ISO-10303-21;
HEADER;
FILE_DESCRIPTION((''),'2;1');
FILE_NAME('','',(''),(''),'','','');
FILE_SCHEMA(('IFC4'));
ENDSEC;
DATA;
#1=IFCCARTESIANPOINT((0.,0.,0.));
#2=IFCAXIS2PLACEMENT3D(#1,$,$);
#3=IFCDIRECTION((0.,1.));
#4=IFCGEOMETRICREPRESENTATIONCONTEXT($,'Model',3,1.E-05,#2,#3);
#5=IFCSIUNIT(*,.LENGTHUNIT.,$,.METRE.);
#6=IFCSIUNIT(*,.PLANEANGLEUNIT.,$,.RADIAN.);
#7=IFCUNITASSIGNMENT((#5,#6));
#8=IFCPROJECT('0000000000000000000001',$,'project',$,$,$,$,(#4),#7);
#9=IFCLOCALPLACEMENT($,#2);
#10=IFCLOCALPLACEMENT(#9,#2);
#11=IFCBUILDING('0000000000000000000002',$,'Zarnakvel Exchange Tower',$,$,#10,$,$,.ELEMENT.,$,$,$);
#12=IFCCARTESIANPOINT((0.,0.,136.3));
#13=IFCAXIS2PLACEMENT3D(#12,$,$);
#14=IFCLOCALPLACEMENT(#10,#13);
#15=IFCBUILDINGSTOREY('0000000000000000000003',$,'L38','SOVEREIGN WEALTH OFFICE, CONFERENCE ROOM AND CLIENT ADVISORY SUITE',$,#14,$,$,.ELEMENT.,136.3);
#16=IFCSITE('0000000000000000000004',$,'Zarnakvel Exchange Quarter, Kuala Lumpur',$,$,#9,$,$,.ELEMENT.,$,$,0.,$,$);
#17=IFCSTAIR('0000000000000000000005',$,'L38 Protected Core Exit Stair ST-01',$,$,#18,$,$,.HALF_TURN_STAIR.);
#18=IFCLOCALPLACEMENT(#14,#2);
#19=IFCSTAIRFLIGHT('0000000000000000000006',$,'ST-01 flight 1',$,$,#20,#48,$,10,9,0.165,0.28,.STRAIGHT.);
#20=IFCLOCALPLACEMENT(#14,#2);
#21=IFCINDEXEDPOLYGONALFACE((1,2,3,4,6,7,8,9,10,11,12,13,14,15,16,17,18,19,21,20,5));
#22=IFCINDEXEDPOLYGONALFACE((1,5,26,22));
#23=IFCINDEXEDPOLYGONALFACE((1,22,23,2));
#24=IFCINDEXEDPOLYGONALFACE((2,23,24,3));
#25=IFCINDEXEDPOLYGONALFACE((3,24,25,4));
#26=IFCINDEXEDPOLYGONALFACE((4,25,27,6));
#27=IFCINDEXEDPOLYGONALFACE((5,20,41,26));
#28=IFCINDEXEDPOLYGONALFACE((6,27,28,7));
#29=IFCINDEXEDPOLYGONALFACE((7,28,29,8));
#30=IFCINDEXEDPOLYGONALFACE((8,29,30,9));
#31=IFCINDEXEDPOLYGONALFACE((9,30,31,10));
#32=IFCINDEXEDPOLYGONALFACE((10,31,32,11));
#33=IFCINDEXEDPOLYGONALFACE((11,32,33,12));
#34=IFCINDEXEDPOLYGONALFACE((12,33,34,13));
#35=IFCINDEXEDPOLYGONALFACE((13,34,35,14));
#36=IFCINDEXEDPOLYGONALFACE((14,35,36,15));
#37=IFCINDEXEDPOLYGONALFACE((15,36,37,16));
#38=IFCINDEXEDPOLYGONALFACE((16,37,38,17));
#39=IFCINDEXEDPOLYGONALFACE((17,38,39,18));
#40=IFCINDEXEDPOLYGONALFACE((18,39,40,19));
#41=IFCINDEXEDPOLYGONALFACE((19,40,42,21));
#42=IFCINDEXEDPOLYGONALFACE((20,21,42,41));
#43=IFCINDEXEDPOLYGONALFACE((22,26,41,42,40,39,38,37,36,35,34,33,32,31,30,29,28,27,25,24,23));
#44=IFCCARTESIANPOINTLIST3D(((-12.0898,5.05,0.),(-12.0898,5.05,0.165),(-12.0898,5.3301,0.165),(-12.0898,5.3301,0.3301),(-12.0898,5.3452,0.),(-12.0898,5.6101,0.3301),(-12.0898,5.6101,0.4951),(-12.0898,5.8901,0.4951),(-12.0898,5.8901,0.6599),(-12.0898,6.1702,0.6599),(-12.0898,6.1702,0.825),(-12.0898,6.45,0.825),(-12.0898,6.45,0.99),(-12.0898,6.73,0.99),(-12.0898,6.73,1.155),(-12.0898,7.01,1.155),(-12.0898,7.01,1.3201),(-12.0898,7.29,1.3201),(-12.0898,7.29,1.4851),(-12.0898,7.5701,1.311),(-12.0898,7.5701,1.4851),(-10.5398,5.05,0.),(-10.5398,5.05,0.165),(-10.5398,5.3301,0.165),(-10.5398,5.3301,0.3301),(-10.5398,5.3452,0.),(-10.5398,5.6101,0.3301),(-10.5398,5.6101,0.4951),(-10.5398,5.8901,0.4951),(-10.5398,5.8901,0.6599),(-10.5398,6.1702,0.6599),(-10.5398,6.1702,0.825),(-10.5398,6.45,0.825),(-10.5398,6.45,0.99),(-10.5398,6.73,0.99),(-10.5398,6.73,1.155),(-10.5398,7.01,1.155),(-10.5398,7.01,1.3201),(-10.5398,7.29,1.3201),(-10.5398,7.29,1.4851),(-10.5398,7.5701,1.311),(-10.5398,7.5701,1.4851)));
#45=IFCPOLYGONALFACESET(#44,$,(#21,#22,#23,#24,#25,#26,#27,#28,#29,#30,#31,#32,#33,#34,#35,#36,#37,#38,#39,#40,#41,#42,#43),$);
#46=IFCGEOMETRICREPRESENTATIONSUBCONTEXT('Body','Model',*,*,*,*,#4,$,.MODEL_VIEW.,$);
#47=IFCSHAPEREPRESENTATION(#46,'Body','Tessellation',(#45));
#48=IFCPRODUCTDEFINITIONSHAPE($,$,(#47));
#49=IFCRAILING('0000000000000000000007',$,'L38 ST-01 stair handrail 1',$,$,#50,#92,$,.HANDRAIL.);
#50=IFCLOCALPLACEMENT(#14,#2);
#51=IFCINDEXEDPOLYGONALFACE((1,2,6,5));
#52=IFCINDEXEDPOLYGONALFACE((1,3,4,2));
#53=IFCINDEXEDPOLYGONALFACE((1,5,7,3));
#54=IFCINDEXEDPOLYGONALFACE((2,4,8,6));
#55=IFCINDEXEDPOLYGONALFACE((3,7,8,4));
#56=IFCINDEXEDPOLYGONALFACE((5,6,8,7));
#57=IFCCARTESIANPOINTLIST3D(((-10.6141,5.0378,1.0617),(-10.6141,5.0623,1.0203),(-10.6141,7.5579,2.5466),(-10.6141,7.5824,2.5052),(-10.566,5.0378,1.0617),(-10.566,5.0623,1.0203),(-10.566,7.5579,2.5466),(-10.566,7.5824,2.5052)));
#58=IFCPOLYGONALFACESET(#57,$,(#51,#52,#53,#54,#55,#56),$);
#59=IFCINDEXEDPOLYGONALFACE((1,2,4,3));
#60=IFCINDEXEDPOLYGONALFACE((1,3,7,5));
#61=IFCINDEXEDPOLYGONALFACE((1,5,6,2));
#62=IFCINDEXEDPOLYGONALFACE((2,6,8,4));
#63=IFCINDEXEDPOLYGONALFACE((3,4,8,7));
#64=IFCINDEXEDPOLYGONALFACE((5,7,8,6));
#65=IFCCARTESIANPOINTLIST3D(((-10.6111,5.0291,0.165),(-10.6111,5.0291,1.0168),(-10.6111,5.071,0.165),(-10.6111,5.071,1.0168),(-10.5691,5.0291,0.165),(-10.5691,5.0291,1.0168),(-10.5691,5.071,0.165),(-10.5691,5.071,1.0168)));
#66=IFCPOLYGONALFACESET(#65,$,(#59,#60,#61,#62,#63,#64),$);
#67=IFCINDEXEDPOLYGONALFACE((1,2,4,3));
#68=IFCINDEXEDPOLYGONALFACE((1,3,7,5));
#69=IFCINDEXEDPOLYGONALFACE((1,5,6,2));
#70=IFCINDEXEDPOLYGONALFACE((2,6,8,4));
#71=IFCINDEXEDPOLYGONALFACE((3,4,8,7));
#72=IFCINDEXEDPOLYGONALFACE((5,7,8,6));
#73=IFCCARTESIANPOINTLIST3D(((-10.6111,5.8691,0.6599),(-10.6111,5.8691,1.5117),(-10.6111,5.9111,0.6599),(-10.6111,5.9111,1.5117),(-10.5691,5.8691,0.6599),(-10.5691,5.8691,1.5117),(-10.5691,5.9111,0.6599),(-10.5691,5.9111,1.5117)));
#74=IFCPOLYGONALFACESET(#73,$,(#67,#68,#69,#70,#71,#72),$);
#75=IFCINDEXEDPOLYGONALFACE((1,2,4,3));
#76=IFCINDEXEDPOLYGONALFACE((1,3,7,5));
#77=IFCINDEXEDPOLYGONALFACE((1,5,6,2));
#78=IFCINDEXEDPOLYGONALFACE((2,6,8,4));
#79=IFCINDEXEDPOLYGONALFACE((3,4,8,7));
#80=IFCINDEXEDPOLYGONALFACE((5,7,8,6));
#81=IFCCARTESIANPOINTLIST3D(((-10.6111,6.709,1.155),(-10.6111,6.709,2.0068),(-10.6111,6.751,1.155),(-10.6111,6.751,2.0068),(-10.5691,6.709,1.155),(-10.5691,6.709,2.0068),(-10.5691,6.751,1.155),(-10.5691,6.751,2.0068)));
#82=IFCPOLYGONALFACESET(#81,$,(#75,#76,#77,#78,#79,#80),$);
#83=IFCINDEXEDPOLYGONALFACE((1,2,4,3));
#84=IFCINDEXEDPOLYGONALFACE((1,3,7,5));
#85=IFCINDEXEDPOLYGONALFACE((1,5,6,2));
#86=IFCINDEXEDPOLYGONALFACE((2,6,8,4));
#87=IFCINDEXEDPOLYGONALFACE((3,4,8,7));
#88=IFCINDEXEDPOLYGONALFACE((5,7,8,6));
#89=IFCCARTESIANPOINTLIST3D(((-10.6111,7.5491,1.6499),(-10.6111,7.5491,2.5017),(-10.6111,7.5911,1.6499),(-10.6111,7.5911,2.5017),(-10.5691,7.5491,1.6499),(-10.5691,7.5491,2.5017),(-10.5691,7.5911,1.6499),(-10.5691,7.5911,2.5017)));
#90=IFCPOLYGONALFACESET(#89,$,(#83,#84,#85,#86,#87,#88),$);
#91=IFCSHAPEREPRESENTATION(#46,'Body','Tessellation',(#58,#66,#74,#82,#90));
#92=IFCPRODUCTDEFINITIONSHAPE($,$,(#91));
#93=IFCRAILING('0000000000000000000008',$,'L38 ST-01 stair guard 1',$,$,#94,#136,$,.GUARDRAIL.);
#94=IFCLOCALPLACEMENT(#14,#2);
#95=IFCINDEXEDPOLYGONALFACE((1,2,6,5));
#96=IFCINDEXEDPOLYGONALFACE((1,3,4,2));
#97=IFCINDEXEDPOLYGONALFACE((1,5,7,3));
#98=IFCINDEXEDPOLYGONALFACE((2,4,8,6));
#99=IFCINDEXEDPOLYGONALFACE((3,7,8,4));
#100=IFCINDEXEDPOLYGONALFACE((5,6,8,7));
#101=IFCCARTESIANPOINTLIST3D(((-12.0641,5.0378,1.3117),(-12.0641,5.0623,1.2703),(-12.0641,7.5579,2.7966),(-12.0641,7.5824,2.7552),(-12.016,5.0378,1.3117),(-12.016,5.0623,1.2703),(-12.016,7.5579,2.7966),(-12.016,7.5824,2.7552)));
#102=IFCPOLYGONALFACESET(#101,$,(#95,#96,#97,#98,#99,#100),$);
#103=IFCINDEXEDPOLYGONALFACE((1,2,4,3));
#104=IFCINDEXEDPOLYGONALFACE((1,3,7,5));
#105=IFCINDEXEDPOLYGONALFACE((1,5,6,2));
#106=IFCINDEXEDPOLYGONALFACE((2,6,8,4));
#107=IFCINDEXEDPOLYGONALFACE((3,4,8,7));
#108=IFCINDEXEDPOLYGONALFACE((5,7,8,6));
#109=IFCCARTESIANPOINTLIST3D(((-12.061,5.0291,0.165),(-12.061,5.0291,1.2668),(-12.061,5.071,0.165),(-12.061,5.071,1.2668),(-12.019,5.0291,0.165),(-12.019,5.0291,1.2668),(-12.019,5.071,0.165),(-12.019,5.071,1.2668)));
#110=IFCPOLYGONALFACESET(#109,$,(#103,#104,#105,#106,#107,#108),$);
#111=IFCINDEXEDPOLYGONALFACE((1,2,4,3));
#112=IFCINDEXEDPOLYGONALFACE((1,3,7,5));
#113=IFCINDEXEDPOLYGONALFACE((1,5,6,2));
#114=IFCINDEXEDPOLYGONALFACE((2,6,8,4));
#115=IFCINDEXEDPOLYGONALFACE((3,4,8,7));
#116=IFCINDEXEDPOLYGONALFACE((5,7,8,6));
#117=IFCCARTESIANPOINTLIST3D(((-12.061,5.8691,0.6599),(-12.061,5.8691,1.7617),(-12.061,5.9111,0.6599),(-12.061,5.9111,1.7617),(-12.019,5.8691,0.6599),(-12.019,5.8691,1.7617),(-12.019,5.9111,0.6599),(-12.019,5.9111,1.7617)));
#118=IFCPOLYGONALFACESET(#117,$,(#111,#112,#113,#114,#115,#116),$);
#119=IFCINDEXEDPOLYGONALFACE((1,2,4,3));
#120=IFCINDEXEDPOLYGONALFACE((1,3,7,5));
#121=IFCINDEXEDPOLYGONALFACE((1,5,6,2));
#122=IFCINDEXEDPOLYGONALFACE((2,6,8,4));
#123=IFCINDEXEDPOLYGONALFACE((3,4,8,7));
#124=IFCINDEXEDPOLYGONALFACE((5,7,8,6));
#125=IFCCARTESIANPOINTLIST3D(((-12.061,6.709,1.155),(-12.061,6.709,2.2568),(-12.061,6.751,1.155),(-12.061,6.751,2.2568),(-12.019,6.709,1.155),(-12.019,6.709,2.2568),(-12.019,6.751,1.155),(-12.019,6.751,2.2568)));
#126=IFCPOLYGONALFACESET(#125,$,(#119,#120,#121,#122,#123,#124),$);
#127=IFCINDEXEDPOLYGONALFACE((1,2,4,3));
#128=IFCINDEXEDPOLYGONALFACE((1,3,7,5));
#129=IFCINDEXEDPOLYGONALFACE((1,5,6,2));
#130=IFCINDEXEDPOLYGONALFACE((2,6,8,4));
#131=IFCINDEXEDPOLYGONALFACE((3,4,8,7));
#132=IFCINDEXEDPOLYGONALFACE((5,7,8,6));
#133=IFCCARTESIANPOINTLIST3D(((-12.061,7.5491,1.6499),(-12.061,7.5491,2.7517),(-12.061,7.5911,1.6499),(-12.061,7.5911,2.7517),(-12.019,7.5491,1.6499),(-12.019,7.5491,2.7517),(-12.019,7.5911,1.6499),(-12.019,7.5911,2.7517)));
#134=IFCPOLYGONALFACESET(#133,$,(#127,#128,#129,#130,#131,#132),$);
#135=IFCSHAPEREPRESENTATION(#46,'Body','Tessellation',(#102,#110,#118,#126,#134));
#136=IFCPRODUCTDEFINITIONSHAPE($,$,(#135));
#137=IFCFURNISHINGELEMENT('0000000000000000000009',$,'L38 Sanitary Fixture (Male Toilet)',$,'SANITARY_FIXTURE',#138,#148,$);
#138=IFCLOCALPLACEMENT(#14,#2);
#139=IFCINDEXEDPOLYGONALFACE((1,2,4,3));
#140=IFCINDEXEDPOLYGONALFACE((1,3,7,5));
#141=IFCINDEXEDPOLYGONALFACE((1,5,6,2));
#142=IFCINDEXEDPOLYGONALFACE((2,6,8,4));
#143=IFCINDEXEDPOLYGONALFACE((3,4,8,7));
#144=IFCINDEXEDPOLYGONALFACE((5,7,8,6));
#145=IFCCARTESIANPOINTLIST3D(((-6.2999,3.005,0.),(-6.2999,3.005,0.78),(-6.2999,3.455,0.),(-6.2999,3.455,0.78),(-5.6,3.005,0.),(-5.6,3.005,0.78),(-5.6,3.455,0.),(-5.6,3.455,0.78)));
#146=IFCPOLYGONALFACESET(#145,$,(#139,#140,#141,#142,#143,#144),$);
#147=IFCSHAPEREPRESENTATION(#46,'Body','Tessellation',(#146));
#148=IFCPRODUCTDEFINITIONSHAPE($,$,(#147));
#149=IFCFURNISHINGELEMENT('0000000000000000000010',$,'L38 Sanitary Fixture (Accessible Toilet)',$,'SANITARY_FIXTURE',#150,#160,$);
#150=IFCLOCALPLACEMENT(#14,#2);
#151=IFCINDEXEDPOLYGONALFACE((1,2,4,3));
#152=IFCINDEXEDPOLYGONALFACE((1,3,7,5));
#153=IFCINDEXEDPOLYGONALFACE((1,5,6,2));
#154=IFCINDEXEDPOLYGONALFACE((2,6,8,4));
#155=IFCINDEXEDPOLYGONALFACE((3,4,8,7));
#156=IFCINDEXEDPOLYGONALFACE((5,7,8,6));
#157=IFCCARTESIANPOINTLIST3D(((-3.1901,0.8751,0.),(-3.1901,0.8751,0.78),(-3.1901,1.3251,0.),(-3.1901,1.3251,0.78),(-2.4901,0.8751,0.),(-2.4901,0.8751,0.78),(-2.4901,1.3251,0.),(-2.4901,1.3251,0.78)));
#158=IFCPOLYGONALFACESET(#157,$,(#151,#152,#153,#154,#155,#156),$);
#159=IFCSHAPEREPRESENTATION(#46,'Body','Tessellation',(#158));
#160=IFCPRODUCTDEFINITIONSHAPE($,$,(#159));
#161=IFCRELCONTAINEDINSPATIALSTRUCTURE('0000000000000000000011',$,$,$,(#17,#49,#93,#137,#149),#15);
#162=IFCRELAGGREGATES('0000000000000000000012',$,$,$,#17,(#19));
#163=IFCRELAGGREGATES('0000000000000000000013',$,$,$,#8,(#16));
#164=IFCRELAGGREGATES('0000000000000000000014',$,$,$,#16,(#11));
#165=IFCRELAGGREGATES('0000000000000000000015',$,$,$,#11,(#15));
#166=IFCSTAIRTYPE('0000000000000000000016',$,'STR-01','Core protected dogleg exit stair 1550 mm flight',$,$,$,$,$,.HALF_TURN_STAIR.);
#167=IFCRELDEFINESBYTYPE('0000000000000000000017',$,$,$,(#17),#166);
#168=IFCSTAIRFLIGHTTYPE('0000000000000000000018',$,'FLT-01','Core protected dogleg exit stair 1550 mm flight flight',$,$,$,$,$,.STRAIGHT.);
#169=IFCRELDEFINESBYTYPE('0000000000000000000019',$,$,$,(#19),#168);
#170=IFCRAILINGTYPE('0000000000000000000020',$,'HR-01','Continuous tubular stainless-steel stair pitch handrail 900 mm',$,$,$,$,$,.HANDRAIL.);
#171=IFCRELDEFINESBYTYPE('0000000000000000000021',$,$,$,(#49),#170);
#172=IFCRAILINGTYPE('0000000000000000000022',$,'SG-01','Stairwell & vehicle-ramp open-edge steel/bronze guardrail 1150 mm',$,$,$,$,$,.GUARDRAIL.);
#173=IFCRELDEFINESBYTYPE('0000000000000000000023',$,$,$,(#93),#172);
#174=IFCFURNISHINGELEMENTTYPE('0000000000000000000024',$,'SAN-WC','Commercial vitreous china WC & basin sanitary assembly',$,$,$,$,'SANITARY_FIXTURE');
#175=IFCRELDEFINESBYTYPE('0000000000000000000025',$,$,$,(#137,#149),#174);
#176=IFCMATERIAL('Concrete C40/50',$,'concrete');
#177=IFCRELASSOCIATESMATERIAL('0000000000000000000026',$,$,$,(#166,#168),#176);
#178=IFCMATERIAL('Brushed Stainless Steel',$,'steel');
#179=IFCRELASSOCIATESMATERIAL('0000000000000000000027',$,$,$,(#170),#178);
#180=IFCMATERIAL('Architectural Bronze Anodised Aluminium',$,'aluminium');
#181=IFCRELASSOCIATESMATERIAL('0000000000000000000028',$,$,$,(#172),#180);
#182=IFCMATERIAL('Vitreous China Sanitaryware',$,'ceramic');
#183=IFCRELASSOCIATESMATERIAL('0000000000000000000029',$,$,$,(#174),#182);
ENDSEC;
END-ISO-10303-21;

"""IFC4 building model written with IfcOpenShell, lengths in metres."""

from ifc_helpers import new_model, si_unit, direction, frame, origin, origin_2d, place, context, subcontext, project, spatial, polyline, rectangle, outline, extrude, source, transform, mapped, material, type_object, element, aggregate, save


model = new_model("IFC4")

# Units and contexts
model_context = context("Model", 3, precision=1e-05, world=origin(), true_north=direction((0.0, 1.0)))
body_context = subcontext(model_context, "Body", "Model", "MODEL_VIEW")
ifc_project = project(units=[si_unit("LENGTHUNIT", "METRE"), si_unit("PLANEANGLEUNIT", "RADIAN")], contexts=[model_context])

# Site, building, storey
site_placement = place(None, origin())
site = spatial("IfcSite", under=ifc_project, at=site_placement, Name="Zarnakvel Exchange Quarter, Kuala Lumpur", CompositionType="ELEMENT", RefElevation=0.0)
building_placement = place(site_placement, origin())
building = spatial("IfcBuilding", under=site, at=building_placement, Name="Zarnakvel Exchange Tower", CompositionType="ELEMENT")
storey_placement = place(building_placement, frame((0.0, 0.0, 136.3)))
storey = spatial("IfcBuildingStorey", under=building, at=storey_placement, Name="L38", Description="SOVEREIGN WEALTH OFFICE, CONFERENCE ROOM AND CLIENT ADVISORY SUITE", CompositionType="ELEMENT", Elevation=136.3)

# Shared definitions
ifc_material_1 = material(Name="Concrete C40/50", Category="concrete")
ifc_material_2 = material(Name="Brushed Stainless Steel", Category="steel")

# Shared definitions
ifc_material_3 = material(Name="Architectural Bronze Anodised Aluminium", Category="aluminium")

# Stair, stair flight
stair_type = type_object("IfcStairType", Name="STR-01", Description="Core protected dogleg exit stair 1550 mm flight", PredefinedType="HALF_TURN_STAIR", material=ifc_material_1)
stair_placement = place(storey_placement, origin())
stair = element("IfcStair", 1, at=stair_placement, inside=storey, type_object=stair_type, Name="L38 Protected Core Exit Stair ST-01", PredefinedType="HALF_TURN_STAIR")
stair_flight_type = type_object("IfcStairFlightType", Name="FLT-01", Description="Core protected dogleg exit stair 1550 mm flight flight", PredefinedType="STRAIGHT", material=ifc_material_1)
stair_flight_placement = place(storey_placement, frame((-11.3149, 5.05, 0.0), z_axis=(0.0, 0.0, 1.0), x_axis=(0.0, 1.0, 0.0)))
stair_flight = element("IfcStairFlight", 2, at=stair_flight_placement, type_object=stair_flight_type, Name="ST-01 flight 1", NumberOfRisers=10, NumberOfTreads=9, PredefinedType="STRAIGHT", RiserHeight=0.165, TreadLength=0.28, context=body_context, shape_type="SweptSolid", body=[
    extrude(outline(polyline([(0.0, 0.0), (0.0, 0.165), (0.28, 0.165), (0.28, 0.3301), (0.5601, 0.3301), (0.5601, 0.4951), (0.8401, 0.4951), (0.8401, 0.6599), (1.1201, 0.6599), (1.1201, 0.825), (1.3999, 0.825), (1.3999, 0.99), (1.6799, 0.99), (1.6799, 1.155), (1.96, 1.155), (1.96, 1.3201), (2.24, 1.3201), (2.24, 1.4851), (2.52, 1.4851), (2.52, 1.6499), (2.52, 1.311), (0.2952, 0.0), (0.0, 0.0)])), frame((0.0, 0.7749, 0.0), z_axis=(0.0, -1.0, 0.0), x_axis=(1.0, 0.0, 0.0)), (0.0, 0.0, 1.0), 1.55),
])
aggregate(stair, [stair_flight])

# Railings
railing_type_1 = type_object("IfcRailingType", Name="HR-01", Description="Continuous tubular stainless-steel stair pitch handrail 900 mm", PredefinedType="HANDRAIL", material=ifc_material_2)
railing_1_placement = place(storey_placement, frame((-10.5901, 5.05, 0.165)))
element("IfcRailing", 3, at=railing_1_placement, inside=storey, type_object=railing_type_1, Name="L38 ST-01 stair handrail 1", PredefinedType="HANDRAIL", context=body_context, shape_type="SweptSolid", body=[
    extrude(rectangle(XDim=0.0481, YDim=0.0481, at=origin_2d()), frame((0.0, 0.0, 0.876), z_axis=(0.0, 0.861561, 0.507655), x_axis=(-1.0, 0.0, 0.0)), (0.0, 0.0, 1.0), 2.925),
    extrude(rectangle(XDim=0.042, YDim=0.042, at=origin_2d()), origin(), (0.0, 0.0, 1.0), 0.8518),
    extrude(rectangle(XDim=0.042, YDim=0.042, at=origin_2d()), frame((0.0, 0.8401, 0.4949)), (0.0, 0.0, 1.0), 0.8518),
    extrude(rectangle(XDim=0.042, YDim=0.042, at=origin_2d()), frame((0.0, 1.6799, 0.99)), (0.0, 0.0, 1.0), 0.8518),
    extrude(rectangle(XDim=0.042, YDim=0.042, at=origin_2d()), frame((0.0, 2.52, 1.4849)), (0.0, 0.0, 1.0), 0.8518),
])
railing_type_2 = type_object("IfcRailingType", Name="SG-01", Description="Stairwell & vehicle-ramp open-edge steel/bronze guardrail 1150 mm", PredefinedType="GUARDRAIL", material=ifc_material_3)
railing_2_placement = place(storey_placement, frame((-12.04, 5.05, 0.165)))
element("IfcRailing", 4, at=railing_2_placement, inside=storey, type_object=railing_type_2, Name="L38 ST-01 stair guard 1", PredefinedType="GUARDRAIL", context=body_context, shape_type="SweptSolid", body=[
    extrude(rectangle(XDim=0.0481, YDim=0.0481, at=origin_2d()), frame((0.0, 0.0, 1.126), z_axis=(0.0, 0.861561, 0.507655), x_axis=(-1.0, 0.0, 0.0)), (0.0, 0.0, 1.0), 2.925),
    extrude(rectangle(XDim=0.042, YDim=0.042, at=origin_2d()), origin(), (0.0, 0.0, 1.0), 1.1018),
    extrude(rectangle(XDim=0.042, YDim=0.042, at=origin_2d()), frame((0.0, 0.8401, 0.4949)), (0.0, 0.0, 1.0), 1.1018),
    extrude(rectangle(XDim=0.042, YDim=0.042, at=origin_2d()), frame((0.0, 1.6799, 0.99)), (0.0, 0.0, 1.0), 1.1018),
    extrude(rectangle(XDim=0.042, YDim=0.042, at=origin_2d()), frame((0.0, 2.52, 1.4849)), (0.0, 0.0, 1.0), 1.1018),
])

# Furnishing elements
ifc_material_4 = material(Name="Vitreous China Sanitaryware", Category="ceramic")
furnishing_element_type = type_object("IfcFurnishingElementType", Name="SAN-WC", Description="Commercial vitreous china WC & basin sanitary assembly", ElementType="SANITARY_FIXTURE", material=ifc_material_4)
shared_shape_1 = source(origin(), body_context, "Body", "SweptSolid", [
    extrude(rectangle(XDim=0.7, YDim=0.45, at=origin_2d()), origin(), (0.0, 0.0, 1.0), 0.78),
])
for number, where, z_axis, x_axis, name in (
    (5, (-5.95, 3.23, 0.0), (0.0, 0.0, 1.0), (1.0, 0.0, 0.0), "L38 Sanitary Fixture (Male Toilet)"),
    (6, (-2.8401, 1.1001, 0.0), (0.0, 0.0, 1.0), (1.0, 0.0, 0.0), "L38 Sanitary Fixture (Accessible Toilet)"),
):
    element("IfcFurnishingElement", number, at=place(storey_placement, frame(where, z_axis=z_axis, x_axis=x_axis)), inside=storey, type_object=furnishing_element_type, Name=name, ObjectType="SANITARY_FIXTURE", context=body_context, shape_type="MappedRepresentation", body=[
        mapped(shared_shape_1, transform((0.0, 0.0, 0.0), x_axis=(1.0, 0.0, 0.0), y_axis=(0.0, 1.0, 0.0), z_axis=(0.0, 0.0, 1.0), scale=1.0)),
    ])

save(model, "model.ifc")
